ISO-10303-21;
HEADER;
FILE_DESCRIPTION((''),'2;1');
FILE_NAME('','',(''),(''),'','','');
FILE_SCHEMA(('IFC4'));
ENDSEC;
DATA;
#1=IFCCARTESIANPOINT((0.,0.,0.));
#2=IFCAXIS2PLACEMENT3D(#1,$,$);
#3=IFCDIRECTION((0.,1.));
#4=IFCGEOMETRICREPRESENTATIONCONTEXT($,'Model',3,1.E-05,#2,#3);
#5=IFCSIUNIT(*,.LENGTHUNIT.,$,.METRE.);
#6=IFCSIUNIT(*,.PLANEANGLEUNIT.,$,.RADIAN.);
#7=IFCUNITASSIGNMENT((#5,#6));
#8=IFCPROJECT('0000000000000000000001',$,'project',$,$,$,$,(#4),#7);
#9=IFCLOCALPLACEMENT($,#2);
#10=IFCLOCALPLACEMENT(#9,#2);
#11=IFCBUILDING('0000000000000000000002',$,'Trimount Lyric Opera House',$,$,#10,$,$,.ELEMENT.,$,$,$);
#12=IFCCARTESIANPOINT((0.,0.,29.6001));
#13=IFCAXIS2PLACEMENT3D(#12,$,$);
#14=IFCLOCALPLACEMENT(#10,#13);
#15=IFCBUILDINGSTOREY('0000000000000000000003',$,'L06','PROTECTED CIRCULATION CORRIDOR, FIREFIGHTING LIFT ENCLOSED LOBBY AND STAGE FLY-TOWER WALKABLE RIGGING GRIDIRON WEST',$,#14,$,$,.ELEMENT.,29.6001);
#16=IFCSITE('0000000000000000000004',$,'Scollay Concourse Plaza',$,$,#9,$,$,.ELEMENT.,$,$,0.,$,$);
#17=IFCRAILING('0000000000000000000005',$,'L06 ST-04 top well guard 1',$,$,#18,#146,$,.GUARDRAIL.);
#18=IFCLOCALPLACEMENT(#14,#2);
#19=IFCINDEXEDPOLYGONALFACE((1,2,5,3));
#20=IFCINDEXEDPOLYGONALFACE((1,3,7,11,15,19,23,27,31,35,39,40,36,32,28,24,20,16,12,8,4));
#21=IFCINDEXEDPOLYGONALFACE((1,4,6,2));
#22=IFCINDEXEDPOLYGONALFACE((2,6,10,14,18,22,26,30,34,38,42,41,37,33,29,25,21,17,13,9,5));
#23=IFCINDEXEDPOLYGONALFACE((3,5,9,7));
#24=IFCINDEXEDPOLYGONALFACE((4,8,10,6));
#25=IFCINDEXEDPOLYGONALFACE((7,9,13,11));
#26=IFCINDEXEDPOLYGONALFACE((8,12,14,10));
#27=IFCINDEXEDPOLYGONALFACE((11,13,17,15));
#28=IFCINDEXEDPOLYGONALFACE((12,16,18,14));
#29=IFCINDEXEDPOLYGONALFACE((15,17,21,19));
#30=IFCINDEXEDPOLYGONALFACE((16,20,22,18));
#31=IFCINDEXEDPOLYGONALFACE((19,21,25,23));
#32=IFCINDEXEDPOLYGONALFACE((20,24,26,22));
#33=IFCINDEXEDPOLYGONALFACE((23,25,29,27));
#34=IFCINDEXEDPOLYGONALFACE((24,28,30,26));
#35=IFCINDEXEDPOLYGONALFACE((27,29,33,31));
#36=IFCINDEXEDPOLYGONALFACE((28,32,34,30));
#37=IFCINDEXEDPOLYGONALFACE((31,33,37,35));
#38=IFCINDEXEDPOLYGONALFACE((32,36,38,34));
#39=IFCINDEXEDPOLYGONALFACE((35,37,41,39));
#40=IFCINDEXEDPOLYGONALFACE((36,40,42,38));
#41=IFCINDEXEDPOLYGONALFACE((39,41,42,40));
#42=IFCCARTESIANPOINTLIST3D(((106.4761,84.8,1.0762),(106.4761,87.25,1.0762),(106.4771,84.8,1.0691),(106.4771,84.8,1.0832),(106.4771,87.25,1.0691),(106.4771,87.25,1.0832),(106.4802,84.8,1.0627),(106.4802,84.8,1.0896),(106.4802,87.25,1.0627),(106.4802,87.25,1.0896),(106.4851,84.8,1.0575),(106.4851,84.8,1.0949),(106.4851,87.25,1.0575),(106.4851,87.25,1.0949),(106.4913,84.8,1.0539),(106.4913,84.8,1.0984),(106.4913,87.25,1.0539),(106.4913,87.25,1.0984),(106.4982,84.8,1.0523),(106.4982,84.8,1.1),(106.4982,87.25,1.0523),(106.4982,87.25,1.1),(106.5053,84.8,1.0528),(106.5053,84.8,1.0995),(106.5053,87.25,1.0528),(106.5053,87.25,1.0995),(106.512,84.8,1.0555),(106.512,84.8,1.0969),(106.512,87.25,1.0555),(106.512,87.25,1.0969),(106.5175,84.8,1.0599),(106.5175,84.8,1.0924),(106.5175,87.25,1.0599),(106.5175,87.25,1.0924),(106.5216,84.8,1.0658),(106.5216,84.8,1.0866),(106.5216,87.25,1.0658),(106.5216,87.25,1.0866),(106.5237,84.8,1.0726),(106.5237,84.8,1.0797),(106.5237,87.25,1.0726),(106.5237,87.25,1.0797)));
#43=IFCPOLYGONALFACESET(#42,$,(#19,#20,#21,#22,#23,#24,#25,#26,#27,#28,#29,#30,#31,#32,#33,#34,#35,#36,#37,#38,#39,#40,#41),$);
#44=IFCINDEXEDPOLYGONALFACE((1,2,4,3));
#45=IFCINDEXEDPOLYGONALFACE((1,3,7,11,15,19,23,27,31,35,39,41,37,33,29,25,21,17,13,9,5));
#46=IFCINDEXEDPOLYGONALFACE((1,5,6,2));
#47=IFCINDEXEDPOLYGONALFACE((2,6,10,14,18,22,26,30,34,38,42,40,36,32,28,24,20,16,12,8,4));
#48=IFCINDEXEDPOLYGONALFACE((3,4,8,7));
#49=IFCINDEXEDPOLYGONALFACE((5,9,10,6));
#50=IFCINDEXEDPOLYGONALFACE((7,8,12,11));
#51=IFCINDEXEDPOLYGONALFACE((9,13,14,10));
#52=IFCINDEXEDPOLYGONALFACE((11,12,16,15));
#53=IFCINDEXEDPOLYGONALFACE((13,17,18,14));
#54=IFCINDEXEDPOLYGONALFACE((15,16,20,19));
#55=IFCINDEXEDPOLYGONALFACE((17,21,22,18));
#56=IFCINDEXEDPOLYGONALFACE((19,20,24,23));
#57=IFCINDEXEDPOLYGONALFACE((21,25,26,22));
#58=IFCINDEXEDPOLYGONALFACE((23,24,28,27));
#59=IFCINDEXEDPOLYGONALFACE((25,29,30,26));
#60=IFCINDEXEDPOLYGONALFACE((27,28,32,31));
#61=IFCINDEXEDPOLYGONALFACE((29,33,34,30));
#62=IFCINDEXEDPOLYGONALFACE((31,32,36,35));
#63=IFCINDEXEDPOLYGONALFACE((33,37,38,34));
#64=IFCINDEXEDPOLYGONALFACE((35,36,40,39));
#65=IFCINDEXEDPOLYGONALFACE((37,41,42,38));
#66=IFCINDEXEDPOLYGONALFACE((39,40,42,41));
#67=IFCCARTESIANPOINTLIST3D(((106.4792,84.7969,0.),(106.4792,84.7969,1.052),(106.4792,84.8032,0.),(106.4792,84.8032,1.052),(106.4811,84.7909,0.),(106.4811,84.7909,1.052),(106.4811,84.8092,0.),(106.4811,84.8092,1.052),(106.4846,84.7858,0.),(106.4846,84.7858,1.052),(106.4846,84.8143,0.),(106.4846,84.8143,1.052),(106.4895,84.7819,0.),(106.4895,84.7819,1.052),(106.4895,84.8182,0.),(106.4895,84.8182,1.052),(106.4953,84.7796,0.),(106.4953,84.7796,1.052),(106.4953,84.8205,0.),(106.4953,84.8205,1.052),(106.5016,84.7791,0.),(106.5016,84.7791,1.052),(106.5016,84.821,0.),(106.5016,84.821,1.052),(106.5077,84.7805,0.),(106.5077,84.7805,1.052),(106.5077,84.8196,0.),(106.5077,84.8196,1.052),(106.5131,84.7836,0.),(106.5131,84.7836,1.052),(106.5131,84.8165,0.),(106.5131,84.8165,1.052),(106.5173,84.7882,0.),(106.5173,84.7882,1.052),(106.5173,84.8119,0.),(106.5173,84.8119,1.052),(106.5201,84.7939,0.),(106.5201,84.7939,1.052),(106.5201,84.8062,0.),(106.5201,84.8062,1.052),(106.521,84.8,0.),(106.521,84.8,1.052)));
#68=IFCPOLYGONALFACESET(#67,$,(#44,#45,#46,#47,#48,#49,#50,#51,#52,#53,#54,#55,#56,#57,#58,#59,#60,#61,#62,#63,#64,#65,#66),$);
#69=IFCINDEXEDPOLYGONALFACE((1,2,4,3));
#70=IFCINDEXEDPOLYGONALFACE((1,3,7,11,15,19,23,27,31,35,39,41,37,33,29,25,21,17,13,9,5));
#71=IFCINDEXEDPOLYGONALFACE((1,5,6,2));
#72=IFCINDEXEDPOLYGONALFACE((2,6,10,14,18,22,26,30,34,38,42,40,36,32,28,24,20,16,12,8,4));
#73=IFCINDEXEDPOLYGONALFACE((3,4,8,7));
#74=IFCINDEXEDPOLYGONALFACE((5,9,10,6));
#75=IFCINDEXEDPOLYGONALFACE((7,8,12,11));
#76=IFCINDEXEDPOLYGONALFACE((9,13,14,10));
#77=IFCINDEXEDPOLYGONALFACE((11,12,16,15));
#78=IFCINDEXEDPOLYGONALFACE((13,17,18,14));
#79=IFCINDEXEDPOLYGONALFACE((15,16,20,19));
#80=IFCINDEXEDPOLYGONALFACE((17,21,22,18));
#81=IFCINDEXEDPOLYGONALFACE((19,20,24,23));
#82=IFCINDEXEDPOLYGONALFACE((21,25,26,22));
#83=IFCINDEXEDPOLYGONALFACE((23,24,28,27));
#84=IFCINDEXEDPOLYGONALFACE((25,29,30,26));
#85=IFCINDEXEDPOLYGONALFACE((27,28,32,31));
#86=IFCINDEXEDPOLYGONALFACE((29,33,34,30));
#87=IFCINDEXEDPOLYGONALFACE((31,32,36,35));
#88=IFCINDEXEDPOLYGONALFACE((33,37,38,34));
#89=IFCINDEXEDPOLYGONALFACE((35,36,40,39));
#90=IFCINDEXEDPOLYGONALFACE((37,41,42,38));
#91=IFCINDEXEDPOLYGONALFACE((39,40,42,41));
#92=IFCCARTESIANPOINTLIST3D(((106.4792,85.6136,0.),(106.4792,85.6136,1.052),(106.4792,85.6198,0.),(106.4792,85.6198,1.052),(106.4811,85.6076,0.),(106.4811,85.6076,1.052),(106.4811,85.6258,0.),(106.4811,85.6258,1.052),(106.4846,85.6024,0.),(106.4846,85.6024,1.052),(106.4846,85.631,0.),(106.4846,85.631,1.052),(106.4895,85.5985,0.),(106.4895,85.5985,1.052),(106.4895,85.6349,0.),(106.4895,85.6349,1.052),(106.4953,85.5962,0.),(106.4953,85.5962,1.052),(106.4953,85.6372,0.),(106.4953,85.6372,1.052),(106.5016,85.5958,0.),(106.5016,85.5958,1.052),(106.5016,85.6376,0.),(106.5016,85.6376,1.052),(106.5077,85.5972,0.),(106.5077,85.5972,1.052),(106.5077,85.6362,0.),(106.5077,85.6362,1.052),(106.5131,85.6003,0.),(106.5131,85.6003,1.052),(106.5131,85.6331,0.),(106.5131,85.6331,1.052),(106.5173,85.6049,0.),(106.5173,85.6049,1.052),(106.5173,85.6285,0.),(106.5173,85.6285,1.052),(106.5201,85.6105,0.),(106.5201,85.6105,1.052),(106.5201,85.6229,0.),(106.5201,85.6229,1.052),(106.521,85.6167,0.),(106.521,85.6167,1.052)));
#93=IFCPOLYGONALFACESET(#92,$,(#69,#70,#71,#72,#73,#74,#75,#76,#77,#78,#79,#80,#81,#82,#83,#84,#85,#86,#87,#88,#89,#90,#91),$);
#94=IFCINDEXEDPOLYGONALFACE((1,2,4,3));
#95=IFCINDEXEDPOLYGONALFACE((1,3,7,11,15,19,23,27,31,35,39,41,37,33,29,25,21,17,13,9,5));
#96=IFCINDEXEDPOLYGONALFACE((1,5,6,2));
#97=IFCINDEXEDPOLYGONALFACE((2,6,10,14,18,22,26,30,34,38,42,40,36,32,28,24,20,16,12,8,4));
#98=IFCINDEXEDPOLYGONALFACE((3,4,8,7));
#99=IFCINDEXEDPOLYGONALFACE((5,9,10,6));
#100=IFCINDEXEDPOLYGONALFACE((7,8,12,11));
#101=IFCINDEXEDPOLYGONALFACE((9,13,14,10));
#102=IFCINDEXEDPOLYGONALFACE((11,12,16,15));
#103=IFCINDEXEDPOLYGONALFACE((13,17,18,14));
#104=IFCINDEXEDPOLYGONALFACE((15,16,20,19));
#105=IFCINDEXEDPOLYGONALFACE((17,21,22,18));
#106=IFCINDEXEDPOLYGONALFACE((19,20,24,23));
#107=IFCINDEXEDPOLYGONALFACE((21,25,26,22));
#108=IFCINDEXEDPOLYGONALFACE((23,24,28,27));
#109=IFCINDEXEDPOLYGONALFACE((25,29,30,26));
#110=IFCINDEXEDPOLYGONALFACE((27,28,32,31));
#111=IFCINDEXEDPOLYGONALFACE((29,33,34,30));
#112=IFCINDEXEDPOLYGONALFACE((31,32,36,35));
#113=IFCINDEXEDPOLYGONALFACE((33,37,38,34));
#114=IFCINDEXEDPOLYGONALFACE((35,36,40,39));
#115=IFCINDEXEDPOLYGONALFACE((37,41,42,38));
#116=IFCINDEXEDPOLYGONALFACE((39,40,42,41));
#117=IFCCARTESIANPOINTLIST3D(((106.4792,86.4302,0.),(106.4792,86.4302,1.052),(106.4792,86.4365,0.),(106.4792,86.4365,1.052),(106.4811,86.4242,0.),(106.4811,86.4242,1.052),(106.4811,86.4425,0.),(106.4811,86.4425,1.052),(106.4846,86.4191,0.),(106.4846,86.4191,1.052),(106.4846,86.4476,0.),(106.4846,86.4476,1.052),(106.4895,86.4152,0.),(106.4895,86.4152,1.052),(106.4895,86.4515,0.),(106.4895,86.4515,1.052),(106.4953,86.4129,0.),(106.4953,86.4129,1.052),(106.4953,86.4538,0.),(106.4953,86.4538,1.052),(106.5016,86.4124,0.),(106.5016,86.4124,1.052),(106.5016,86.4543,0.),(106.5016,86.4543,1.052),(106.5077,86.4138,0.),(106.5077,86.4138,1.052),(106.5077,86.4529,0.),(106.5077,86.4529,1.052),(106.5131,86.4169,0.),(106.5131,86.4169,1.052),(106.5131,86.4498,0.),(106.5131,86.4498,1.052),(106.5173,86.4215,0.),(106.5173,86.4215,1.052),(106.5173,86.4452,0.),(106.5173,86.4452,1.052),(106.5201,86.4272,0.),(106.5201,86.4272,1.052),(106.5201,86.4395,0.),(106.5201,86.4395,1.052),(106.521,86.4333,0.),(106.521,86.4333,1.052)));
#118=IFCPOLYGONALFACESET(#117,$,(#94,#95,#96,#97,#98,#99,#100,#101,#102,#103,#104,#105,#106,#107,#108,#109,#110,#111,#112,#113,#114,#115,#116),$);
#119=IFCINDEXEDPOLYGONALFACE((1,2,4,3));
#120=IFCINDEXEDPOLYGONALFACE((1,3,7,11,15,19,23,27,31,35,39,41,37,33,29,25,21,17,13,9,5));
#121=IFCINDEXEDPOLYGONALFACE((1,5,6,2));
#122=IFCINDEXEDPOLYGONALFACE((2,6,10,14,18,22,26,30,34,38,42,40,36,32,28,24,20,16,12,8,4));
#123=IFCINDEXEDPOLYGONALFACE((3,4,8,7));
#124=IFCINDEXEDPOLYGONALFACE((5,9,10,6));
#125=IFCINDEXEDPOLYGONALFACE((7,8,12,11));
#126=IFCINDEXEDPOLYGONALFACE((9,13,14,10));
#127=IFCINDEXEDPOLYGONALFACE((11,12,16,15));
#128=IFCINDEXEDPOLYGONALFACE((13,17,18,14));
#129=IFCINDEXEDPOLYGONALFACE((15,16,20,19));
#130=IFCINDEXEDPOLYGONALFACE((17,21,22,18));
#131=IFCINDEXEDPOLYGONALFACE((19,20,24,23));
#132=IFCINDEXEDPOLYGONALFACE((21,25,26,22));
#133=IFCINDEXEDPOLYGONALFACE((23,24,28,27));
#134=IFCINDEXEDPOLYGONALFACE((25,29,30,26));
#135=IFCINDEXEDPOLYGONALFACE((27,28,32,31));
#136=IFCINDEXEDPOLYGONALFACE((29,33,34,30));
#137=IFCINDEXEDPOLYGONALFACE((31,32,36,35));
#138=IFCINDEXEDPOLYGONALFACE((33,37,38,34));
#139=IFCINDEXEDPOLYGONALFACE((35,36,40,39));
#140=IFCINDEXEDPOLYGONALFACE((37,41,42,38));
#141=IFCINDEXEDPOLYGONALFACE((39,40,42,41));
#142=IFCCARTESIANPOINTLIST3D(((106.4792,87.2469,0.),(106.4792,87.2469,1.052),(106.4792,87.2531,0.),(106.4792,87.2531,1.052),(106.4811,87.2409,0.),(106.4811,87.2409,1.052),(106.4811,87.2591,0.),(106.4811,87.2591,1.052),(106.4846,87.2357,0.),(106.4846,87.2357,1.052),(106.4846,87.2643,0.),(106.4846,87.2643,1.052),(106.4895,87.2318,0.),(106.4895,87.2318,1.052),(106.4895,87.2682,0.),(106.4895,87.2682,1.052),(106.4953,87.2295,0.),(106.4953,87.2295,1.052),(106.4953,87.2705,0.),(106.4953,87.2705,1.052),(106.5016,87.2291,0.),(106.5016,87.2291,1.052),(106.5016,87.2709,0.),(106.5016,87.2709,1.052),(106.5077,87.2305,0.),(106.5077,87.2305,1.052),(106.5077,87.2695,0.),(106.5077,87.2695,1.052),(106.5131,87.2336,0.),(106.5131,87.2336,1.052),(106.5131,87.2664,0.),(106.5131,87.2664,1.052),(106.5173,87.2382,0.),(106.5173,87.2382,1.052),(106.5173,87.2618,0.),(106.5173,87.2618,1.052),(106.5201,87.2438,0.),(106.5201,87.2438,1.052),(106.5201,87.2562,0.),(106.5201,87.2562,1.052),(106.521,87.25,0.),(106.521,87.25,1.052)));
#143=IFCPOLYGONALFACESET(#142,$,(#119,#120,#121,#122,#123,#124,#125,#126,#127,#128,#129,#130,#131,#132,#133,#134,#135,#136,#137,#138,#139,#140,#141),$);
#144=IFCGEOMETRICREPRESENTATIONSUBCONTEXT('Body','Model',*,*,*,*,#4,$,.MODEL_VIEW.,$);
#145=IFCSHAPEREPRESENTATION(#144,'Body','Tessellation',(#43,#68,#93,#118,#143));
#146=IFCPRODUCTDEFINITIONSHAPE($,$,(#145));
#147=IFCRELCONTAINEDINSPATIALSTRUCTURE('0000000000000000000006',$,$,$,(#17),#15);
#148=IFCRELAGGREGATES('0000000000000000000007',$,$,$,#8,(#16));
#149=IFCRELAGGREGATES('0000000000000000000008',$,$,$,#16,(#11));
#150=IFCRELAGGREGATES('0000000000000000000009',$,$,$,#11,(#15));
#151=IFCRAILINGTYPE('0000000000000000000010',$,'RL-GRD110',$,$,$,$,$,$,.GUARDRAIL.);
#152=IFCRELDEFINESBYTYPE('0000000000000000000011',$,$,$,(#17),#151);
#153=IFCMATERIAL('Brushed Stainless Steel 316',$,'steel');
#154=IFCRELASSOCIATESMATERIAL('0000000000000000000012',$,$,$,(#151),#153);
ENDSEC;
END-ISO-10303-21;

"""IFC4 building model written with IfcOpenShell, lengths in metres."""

from ifc_helpers import new_model, si_unit, direction, frame, origin, origin_2d, place, context, subcontext, project, spatial, circle, extrude, material, type_object, element, save


model = new_model("IFC4")

# Units and contexts
model_context = context("Model", 3, precision=1e-05, world=origin(), true_north=direction((0.0, 1.0)))
body_context = subcontext(model_context, "Body", "Model", "MODEL_VIEW")
ifc_project = project(units=[si_unit("LENGTHUNIT", "METRE"), si_unit("PLANEANGLEUNIT", "RADIAN")], contexts=[model_context])

# Site, building, storey
site_placement = place(None, origin())
site = spatial("IfcSite", under=ifc_project, at=site_placement, Name="Scollay Concourse Plaza", CompositionType="ELEMENT", RefElevation=0.0)
building_placement = place(site_placement, origin())
building = spatial("IfcBuilding", under=site, at=building_placement, Name="Trimount Lyric Opera House", CompositionType="ELEMENT")
storey_placement = place(building_placement, frame((0.0, 0.0, 29.6001)))
storey = spatial("IfcBuildingStorey", under=building, at=storey_placement, Name="L06", Description="PROTECTED CIRCULATION CORRIDOR, FIREFIGHTING LIFT ENCLOSED LOBBY AND STAGE FLY-TOWER WALKABLE RIGGING GRIDIRON WEST", CompositionType="ELEMENT", Elevation=29.6001)

# Railing
ifc_material_1 = material(Name="Brushed Stainless Steel 316", Category="steel")
railing_type = type_object("IfcRailingType", Name="RL-GRD110", PredefinedType="GUARDRAIL", material=ifc_material_1)
railing_placement = place(storey_placement, frame((106.5, 84.8, 0.0)))
element("IfcRailing", 1, at=railing_placement, inside=storey, type_object=railing_type, Name="L06 ST-04 top well guard 1", PredefinedType="GUARDRAIL", context=body_context, shape_type="SweptSolid", body=[
    extrude(circle(Radius=0.0239, at=origin_2d()), frame((0.0, 0.0, 1.0762), z_axis=(0.0, 1.0, 0.0), x_axis=(-1.0, 0.0, 0.0)), (0.0, 0.0, 1.0), 2.45),
    extrude(circle(Radius=0.021, at=origin_2d()), origin(), (0.0, 0.0, 1.0), 1.052),
    extrude(circle(Radius=0.021, at=origin_2d()), frame((0.0, 0.8167, 0.0)), (0.0, 0.0, 1.0), 1.052),
    extrude(circle(Radius=0.021, at=origin_2d()), frame((0.0, 1.6333, 0.0)), (0.0, 0.0, 1.0), 1.052),
    extrude(circle(Radius=0.021, at=origin_2d()), frame((0.0, 2.45, 0.0)), (0.0, 0.0, 1.0), 1.052),
])

save(model, "model.ifc")
